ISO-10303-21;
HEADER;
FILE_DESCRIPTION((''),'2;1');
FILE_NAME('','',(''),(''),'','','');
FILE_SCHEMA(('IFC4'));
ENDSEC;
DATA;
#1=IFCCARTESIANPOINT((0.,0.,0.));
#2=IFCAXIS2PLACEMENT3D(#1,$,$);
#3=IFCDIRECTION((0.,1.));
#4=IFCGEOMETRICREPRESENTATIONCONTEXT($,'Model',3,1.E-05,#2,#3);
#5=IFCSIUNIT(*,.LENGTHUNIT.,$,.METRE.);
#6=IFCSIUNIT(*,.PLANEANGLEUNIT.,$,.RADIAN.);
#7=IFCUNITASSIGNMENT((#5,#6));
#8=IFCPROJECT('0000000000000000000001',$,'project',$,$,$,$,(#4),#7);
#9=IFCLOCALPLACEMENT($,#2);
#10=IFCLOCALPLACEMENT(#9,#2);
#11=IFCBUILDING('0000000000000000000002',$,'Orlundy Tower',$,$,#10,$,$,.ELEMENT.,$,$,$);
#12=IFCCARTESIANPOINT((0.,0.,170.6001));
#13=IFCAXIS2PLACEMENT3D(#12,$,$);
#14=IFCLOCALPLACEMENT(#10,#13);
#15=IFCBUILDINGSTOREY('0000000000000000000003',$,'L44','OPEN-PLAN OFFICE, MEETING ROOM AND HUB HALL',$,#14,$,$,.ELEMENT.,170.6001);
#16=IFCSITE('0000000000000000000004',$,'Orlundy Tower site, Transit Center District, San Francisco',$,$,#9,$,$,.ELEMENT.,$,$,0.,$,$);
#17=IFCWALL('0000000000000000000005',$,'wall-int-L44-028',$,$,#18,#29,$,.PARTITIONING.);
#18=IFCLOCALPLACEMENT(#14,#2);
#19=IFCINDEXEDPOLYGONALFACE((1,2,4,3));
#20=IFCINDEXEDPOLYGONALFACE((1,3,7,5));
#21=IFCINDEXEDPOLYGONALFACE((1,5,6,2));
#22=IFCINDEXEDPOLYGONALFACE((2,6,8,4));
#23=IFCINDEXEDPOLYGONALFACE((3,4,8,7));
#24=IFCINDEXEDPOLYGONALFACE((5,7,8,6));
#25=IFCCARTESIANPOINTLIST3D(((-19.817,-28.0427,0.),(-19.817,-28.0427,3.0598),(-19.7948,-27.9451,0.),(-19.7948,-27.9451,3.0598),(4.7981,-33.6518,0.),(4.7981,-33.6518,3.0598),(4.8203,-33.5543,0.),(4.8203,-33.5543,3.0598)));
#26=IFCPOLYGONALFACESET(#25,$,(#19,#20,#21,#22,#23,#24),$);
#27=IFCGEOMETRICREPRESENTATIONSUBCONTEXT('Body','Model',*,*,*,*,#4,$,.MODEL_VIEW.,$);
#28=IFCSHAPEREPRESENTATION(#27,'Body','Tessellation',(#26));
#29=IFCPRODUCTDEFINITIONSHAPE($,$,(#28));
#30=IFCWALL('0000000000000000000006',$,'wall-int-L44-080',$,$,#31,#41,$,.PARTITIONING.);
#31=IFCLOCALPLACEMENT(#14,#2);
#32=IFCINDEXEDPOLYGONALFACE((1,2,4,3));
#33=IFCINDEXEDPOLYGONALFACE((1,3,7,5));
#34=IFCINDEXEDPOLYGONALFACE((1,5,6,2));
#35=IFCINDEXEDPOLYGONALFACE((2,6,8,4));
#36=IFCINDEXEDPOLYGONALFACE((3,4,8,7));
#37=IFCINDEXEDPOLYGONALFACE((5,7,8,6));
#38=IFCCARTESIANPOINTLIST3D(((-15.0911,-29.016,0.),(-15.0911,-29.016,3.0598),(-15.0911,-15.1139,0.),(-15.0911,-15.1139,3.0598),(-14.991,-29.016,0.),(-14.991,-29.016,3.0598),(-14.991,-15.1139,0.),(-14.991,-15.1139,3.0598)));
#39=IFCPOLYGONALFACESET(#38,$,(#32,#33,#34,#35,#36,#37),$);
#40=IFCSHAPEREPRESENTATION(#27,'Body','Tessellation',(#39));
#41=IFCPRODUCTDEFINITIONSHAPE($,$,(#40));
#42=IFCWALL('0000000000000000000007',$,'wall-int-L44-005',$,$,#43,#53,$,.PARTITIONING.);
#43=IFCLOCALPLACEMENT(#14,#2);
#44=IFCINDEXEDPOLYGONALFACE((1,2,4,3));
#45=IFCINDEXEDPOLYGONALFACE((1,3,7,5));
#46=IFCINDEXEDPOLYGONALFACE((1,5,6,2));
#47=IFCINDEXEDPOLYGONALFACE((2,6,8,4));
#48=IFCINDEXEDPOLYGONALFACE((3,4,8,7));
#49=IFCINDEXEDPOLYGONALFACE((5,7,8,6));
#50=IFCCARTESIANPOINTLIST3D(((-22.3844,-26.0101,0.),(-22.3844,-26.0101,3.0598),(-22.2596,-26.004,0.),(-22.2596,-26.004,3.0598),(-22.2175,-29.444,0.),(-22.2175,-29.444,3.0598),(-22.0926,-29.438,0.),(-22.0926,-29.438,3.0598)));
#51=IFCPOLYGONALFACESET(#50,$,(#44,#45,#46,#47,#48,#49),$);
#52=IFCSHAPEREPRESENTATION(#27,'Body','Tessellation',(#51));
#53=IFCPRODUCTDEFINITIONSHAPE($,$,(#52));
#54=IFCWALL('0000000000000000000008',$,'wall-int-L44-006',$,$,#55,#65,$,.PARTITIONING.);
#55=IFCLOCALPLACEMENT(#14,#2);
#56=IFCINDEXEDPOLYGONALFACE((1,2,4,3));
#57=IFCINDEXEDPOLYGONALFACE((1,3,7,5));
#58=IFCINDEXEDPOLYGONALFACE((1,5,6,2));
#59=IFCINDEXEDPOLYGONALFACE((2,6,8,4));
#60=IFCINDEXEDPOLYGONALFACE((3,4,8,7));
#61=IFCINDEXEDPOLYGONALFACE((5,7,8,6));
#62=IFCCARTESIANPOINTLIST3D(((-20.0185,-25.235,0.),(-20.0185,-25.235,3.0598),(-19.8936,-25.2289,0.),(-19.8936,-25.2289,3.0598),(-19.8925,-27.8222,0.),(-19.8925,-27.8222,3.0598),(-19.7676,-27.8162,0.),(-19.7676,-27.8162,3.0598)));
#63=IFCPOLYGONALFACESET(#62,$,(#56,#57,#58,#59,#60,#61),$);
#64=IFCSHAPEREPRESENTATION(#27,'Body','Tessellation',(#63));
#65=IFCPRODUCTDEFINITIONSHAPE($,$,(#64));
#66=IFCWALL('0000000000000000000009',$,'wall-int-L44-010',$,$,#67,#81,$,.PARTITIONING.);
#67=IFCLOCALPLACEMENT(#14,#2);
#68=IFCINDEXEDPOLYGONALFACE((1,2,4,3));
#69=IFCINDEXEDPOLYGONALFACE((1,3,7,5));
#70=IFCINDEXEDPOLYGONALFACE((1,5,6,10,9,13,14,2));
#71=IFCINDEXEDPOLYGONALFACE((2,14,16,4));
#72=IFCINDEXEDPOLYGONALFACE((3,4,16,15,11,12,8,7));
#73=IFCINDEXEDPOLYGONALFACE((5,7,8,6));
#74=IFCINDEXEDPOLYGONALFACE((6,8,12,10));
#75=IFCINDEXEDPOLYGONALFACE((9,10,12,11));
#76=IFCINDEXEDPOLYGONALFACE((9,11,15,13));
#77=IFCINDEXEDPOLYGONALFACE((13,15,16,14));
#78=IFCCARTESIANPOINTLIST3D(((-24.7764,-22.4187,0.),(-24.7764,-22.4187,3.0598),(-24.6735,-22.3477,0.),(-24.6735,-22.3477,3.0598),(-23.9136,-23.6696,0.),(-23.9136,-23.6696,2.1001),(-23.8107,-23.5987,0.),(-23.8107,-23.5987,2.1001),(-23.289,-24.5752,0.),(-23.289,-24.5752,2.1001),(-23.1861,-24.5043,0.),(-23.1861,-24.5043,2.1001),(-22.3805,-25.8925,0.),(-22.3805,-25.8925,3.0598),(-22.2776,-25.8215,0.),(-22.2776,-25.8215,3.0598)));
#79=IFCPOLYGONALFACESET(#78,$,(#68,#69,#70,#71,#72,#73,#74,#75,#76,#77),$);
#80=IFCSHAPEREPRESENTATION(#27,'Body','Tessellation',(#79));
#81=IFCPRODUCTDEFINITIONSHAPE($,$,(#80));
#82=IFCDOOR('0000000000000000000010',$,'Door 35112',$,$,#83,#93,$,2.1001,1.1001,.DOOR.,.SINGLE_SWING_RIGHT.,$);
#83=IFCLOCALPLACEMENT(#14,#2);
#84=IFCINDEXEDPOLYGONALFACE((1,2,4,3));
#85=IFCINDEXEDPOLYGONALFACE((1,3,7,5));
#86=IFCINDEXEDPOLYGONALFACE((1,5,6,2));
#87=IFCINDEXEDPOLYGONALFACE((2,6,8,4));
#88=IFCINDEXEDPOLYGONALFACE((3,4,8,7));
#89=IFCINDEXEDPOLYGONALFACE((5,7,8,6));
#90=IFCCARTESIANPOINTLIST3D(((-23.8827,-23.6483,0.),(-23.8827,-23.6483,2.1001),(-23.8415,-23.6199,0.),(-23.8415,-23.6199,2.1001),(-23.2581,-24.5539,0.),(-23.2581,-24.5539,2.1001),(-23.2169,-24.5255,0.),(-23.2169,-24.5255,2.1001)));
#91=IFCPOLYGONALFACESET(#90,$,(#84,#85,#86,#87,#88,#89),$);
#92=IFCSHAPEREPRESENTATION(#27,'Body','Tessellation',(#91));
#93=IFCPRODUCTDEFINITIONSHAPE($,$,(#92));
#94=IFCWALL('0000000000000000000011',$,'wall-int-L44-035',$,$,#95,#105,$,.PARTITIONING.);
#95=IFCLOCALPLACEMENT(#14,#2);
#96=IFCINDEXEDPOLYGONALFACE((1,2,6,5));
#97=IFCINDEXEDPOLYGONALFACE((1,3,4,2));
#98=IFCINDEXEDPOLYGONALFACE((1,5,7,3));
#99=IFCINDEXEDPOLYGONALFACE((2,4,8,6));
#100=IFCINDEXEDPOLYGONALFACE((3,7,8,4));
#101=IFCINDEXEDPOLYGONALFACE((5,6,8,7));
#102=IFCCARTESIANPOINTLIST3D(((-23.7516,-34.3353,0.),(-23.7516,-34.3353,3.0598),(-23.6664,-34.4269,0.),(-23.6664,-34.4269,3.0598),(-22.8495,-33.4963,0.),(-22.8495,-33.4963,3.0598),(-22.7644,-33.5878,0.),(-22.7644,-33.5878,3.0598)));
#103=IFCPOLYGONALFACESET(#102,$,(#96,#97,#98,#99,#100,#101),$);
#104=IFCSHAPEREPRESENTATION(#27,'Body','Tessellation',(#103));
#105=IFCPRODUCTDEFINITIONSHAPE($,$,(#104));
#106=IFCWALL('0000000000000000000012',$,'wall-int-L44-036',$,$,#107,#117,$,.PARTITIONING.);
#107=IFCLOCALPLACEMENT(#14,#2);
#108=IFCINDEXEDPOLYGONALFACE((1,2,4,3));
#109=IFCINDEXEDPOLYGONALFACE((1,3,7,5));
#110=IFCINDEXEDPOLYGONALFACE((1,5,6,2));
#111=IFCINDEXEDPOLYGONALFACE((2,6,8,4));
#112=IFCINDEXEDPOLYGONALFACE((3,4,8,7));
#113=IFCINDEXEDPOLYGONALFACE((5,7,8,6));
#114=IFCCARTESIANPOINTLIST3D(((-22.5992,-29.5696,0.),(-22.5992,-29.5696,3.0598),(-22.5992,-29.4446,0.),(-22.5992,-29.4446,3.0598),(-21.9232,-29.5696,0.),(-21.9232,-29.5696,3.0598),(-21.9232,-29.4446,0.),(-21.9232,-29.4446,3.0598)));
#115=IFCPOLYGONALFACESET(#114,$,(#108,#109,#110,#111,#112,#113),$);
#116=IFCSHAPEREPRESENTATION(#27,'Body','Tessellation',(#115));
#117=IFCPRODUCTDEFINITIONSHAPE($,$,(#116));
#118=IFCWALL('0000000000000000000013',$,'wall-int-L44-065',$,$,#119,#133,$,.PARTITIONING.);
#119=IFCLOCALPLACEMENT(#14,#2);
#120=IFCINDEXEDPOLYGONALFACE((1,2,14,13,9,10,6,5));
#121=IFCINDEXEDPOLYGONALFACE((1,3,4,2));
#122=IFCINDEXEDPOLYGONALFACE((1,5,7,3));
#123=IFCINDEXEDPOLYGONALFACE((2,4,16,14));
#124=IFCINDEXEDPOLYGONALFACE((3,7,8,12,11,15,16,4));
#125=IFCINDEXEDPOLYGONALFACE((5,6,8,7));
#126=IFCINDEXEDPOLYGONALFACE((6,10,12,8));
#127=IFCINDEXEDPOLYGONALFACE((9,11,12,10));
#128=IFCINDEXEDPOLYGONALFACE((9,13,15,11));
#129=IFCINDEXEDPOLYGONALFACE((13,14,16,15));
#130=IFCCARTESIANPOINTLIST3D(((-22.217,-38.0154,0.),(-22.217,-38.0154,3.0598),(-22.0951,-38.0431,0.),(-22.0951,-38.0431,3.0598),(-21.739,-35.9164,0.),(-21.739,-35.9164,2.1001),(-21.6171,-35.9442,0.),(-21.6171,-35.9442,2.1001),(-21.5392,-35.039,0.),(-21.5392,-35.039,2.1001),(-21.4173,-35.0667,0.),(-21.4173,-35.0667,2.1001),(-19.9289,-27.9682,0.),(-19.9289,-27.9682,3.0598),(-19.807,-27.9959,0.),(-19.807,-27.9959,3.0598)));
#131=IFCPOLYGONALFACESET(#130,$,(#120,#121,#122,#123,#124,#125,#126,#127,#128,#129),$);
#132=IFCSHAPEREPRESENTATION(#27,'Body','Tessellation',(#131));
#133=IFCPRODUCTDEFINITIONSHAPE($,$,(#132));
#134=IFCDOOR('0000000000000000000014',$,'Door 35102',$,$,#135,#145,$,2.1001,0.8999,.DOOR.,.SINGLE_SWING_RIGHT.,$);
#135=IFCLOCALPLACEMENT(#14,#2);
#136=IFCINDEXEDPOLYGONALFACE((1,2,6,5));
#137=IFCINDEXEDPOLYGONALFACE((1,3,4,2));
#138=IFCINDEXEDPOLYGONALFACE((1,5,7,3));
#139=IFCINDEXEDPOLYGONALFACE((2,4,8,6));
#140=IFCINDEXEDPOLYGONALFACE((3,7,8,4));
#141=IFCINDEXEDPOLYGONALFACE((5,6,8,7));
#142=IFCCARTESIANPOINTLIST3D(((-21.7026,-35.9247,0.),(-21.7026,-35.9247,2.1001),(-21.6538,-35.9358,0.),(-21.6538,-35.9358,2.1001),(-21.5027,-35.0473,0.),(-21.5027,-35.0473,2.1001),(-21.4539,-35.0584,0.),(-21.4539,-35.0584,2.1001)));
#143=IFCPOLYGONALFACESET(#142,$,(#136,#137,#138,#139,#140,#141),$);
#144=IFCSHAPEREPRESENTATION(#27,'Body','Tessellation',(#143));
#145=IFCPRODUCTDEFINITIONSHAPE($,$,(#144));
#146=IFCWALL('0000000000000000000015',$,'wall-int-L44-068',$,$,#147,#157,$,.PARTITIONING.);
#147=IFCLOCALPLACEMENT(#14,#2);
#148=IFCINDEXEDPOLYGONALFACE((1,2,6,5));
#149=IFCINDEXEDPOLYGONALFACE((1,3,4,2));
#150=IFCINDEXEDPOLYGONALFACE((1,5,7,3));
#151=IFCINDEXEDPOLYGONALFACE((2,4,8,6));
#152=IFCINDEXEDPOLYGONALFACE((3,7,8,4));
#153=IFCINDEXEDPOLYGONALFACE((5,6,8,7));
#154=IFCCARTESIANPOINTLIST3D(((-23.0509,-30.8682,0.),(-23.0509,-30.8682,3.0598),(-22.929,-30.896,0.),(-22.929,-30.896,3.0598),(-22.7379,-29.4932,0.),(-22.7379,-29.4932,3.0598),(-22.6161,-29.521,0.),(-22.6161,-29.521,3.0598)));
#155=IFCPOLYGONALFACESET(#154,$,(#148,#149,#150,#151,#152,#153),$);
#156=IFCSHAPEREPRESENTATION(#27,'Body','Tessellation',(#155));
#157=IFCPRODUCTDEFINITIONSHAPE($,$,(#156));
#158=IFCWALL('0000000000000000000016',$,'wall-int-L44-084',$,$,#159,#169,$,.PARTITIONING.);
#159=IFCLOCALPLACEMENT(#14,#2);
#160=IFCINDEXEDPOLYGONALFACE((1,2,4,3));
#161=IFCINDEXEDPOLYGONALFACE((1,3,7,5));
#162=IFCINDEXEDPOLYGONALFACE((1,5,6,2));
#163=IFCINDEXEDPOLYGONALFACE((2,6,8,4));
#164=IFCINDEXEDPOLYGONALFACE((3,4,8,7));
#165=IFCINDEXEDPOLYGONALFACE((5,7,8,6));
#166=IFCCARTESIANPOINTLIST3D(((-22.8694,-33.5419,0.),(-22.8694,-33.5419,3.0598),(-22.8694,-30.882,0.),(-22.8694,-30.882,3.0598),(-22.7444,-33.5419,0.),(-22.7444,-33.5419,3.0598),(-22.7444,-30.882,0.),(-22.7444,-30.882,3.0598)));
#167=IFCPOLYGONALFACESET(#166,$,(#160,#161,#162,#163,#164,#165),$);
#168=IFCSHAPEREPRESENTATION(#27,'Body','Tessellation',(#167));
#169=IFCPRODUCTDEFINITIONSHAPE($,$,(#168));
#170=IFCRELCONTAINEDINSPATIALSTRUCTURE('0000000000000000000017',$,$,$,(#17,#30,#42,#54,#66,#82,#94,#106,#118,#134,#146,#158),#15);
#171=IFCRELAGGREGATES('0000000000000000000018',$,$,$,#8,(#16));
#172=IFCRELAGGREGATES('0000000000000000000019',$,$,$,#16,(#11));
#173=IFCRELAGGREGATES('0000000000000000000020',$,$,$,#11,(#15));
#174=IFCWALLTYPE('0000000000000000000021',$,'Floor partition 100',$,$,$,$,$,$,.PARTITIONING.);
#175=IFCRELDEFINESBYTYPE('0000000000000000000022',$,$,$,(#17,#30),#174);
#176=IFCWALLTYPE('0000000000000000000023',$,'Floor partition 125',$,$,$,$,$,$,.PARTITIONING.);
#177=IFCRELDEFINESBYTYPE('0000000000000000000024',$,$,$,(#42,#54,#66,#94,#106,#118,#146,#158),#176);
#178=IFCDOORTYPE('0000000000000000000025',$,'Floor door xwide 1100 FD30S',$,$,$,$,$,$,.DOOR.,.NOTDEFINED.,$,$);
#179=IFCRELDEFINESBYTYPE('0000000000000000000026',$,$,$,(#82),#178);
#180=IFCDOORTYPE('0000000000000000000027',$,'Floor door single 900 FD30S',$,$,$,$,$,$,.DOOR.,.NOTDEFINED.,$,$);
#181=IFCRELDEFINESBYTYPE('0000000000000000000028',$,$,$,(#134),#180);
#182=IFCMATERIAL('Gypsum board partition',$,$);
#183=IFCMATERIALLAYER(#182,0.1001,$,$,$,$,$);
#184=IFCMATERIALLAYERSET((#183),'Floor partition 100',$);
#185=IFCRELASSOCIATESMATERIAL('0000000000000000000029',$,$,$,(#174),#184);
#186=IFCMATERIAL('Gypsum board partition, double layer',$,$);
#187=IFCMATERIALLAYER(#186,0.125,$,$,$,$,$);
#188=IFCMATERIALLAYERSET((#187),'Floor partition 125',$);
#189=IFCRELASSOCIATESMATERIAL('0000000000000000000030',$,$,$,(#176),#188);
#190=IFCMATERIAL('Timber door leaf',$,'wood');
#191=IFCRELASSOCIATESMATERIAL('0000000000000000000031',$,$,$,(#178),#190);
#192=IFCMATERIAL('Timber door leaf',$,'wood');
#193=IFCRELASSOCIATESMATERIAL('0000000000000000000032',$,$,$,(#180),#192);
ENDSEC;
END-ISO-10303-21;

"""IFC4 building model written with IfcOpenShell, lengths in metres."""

from ifc_helpers import new_model, si_unit, direction, frame, frame_2d, origin, place, context, subcontext, project, spatial, rectangle, extrude, material, layer, layer_set, type_object, element, fill, save


model = new_model("IFC4")

# Units and contexts
model_context = context("Model", 3, precision=1e-05, world=origin(), true_north=direction((0.0, 1.0)))
body_context = subcontext(model_context, "Body", "Model", "MODEL_VIEW")
ifc_project = project(units=[si_unit("LENGTHUNIT", "METRE"), si_unit("PLANEANGLEUNIT", "RADIAN")], contexts=[model_context])

# Site, building, storey
site_placement = place(None, origin())
site = spatial("IfcSite", under=ifc_project, at=site_placement, Name="Orlundy Tower site, Transit Center District, San Francisco", CompositionType="ELEMENT", RefElevation=0.0)
building_placement = place(site_placement, origin())
building = spatial("IfcBuilding", under=site, at=building_placement, Name="Orlundy Tower", CompositionType="ELEMENT")
storey_placement = place(building_placement, frame((0.0, 0.0, 170.6001)))
storey = spatial("IfcBuildingStorey", under=building, at=storey_placement, Name="L44", Description="OPEN-PLAN OFFICE, MEETING ROOM AND HUB HALL", CompositionType="ELEMENT", Elevation=170.6001)

# Walls
ifc_material_1 = material(Name="Gypsum board partition")
ifc_layer_1 = layer(ifc_material_1, 0.1001)
ifc_layer_set_1 = layer_set([ifc_layer_1], Name="Floor partition 100")
wall_type_1 = type_object("IfcWallType", Name="Floor partition 100", PredefinedType="PARTITIONING", material=ifc_layer_set_1)
wall_1_placement = place(storey_placement, frame((-19.8059, -27.9939, 0.0), z_axis=(0.0, 0.0, 1.0), x_axis=(0.975006, -0.222179, 0.0)))
element("IfcWall", 1, at=wall_1_placement, inside=storey, type_object=wall_type_1, Name="wall-int-L44-028", PredefinedType="PARTITIONING", context=body_context, shape_type="SweptSolid", body=[
    extrude(rectangle(XDim=25.2461, YDim=0.1001, at=frame_2d((12.623, 0.0))), origin(), (0.0, 0.0, 1.0), 3.0598),
])
wall_2_placement = place(storey_placement, frame((-15.041, -29.0161, 0.0), z_axis=(0.0, 0.0, 1.0), x_axis=(0.0, 1.0, 0.0)))
element("IfcWall", 2, at=wall_2_placement, inside=storey, type_object=wall_type_1, Name="wall-int-L44-080", PredefinedType="PARTITIONING", context=body_context, shape_type="SweptSolid", body=[
    extrude(rectangle(XDim=13.9021, YDim=0.1001, at=frame_2d((6.9512, 0.0))), origin(), (0.0, 0.0, 1.0), 3.0598),
])
ifc_material_2 = material(Name="Gypsum board partition, double layer")
ifc_layer_2 = layer(ifc_material_2, 0.125)
ifc_layer_set_2 = layer_set([ifc_layer_2], Name="Floor partition 125")
wall_type_2 = type_object("IfcWallType", Name="Floor partition 125", PredefinedType="PARTITIONING", material=ifc_layer_set_2)
wall_3_placement = place(storey_placement, frame((-22.322, -26.0071, 0.0), z_axis=(0.0, 0.0, 1.0), x_axis=(0.048574, -0.99882, 0.0)))
element("IfcWall", 3, at=wall_3_placement, inside=storey, type_object=wall_type_2, Name="wall-int-L44-005", PredefinedType="PARTITIONING", context=body_context, shape_type="SweptSolid", body=[
    extrude(rectangle(XDim=3.438, YDim=0.125, at=frame_2d((1.719, 0.0))), origin(), (0.0, 0.0, 1.0), 3.0598),
])
wall_4_placement = place(storey_placement, frame((-19.9561, -25.2319, 0.0), z_axis=(0.0, 0.0, 1.0), x_axis=(0.048635, -0.998817, 0.0)))
element("IfcWall", 4, at=wall_4_placement, inside=storey, type_object=wall_type_2, Name="wall-int-L44-006", PredefinedType="PARTITIONING", context=body_context, shape_type="SweptSolid", body=[
    extrude(rectangle(XDim=2.5903, YDim=0.125, at=frame_2d((1.2952, 0.0))), origin(), (0.0, 0.0, 1.0), 3.0598),
])

# Wall, opening, door
wall_5_placement = place(storey_placement, frame((-22.3291, -25.8569, 0.0), z_axis=(0.0, 0.0, 1.0), x_axis=(-0.567768, 0.823189, 0.0)))
wall_5 = element("IfcWall", 5, at=wall_5_placement, inside=storey, type_object=wall_type_2, Name="wall-int-L44-010", PredefinedType="PARTITIONING", context=body_context, shape_type="SweptSolid", body=[
    extrude(rectangle(XDim=4.22, YDim=0.125, at=frame_2d((2.1099, 0.0))), origin(), (0.0, 0.0, 1.0), 3.0598),
])
opening_1_placement = place(wall_5_placement, frame((1.6001, 0.0, 0.0)))
opening_1 = element("IfcOpeningElement", 6, at=opening_1_placement, cuts=wall_5, PredefinedType="OPENING", context=body_context, shape_type="SweptSolid", body=[
    extrude(rectangle(XDim=1.1001, YDim=2.1001, at=frame_2d((0.55, 1.05))), frame((0.0, 0.0725, 0.0), z_axis=(0.0, -1.0, 0.0), x_axis=(1.0, 0.0, 0.0)), (0.0, 0.0, 1.0), 0.145),
])
ifc_material_3 = material(Name="Timber door leaf", Category="wood")
door_type_1 = type_object("IfcDoorType", Name="Floor door xwide 1100 FD30S", OperationType="NOTDEFINED", PredefinedType="DOOR", material=ifc_material_3)
door_1_placement = place(opening_1_placement, origin())
door_1 = element("IfcDoor", 7, at=door_1_placement, inside=storey, type_object=door_type_1, Name="Door 35112", OperationType="SINGLE_SWING_RIGHT", OverallHeight=2.1001, OverallWidth=1.1001, PredefinedType="DOOR", context=body_context, shape_type="SweptSolid", body=[
    extrude(rectangle(XDim=1.1001, YDim=2.1001, at=frame_2d((0.55, 1.05))), frame((0.0, 0.0249, 0.0), z_axis=(0.0, -1.0, 0.0), x_axis=(1.0, 0.0, 0.0)), (0.0, 0.0, 1.0), 0.05),
])
fill(opening_1, door_1)

# Walls
wall_6_placement = place(storey_placement, frame((-23.709, -34.3811, 0.0), z_axis=(0.0, 0.0, 1.0), x_axis=(0.732207, 0.681082, 0.0)))
element("IfcWall", 8, at=wall_6_placement, inside=storey, type_object=wall_type_2, Name="wall-int-L44-035", PredefinedType="PARTITIONING", context=body_context, shape_type="SweptSolid", body=[
    extrude(rectangle(XDim=1.2319, YDim=0.125, at=frame_2d((0.616, 0.0))), origin(), (0.0, 0.0, 1.0), 3.0598),
])
wall_7_placement = place(storey_placement, frame((-22.5991, -29.5071, 0.0), z_axis=(0.0, 0.0, 1.0), x_axis=(1.0, 0.0, 0.0)))
element("IfcWall", 9, at=wall_7_placement, inside=storey, type_object=wall_type_2, Name="wall-int-L44-036", PredefinedType="PARTITIONING", context=body_context, shape_type="SweptSolid", body=[
    extrude(rectangle(XDim=0.676, YDim=0.125, at=frame_2d((0.3379, 0.0))), origin(), (0.0, 0.0, 1.0), 3.0598),
])

# Wall, opening, door
wall_8_placement = place(storey_placement, frame((-19.8679, -27.9819, 0.0), z_axis=(0.0, 0.0, 1.0), x_axis=(-0.22205, -0.975035, 0.0)))
wall_8 = element("IfcWall", 10, at=wall_8_placement, inside=storey, type_object=wall_type_2, Name="wall-int-L44-065", PredefinedType="PARTITIONING", context=body_context, shape_type="SweptSolid", body=[
    extrude(rectangle(XDim=10.3044, YDim=0.125, at=frame_2d((5.1523, 0.0))), origin(), (0.0, 0.0, 1.0), 3.0598),
])
opening_2_placement = place(wall_8_placement, frame((7.252, 0.0, 0.0)))
opening_2 = element("IfcOpeningElement", 11, at=opening_2_placement, cuts=wall_8, PredefinedType="OPENING", context=body_context, shape_type="SweptSolid", body=[
    extrude(rectangle(XDim=0.8999, YDim=2.1001, at=frame_2d((0.45, 1.05))), frame((0.0, 0.0725, 0.0), z_axis=(0.0, -1.0, 0.0), x_axis=(1.0, 0.0, 0.0)), (0.0, 0.0, 1.0), 0.145),
])
ifc_material_4 = material(Name="Timber door leaf", Category="wood")
door_type_2 = type_object("IfcDoorType", Name="Floor door single 900 FD30S", OperationType="NOTDEFINED", PredefinedType="DOOR", material=ifc_material_4)
door_2_placement = place(opening_2_placement, origin())
door_2 = element("IfcDoor", 12, at=door_2_placement, inside=storey, type_object=door_type_2, Name="Door 35102", OperationType="SINGLE_SWING_RIGHT", OverallHeight=2.1001, OverallWidth=0.8999, PredefinedType="DOOR", context=body_context, shape_type="SweptSolid", body=[
    extrude(rectangle(XDim=0.8999, YDim=2.1001, at=frame_2d((0.45, 1.05))), frame((0.0, 0.0249, 0.0), z_axis=(0.0, -1.0, 0.0), x_axis=(1.0, 0.0, 0.0)), (0.0, 0.0, 1.0), 0.05),
])
fill(opening_2, door_2)

# Walls
wall_9_placement = place(storey_placement, frame((-22.99, -30.8821, 0.0), z_axis=(0.0, 0.0, 1.0), x_axis=(0.22195, 0.975058, 0.0)))
element("IfcWall", 13, at=wall_9_placement, inside=storey, type_object=wall_type_2, Name="wall-int-L44-068", PredefinedType="PARTITIONING", context=body_context, shape_type="SweptSolid", body=[
    extrude(rectangle(XDim=1.4102, YDim=0.125, at=frame_2d((0.7051, 0.0))), origin(), (0.0, 0.0, 1.0), 3.0598),
])
wall_10_placement = place(storey_placement, frame((-22.8069, -33.542, 0.0), z_axis=(0.0, 0.0, 1.0), x_axis=(0.0, 1.0, 0.0)))
element("IfcWall", 14, at=wall_10_placement, inside=storey, type_object=wall_type_2, Name="wall-int-L44-084", PredefinedType="PARTITIONING", context=body_context, shape_type="SweptSolid", body=[
    extrude(rectangle(XDim=2.6599, YDim=0.125, at=frame_2d((1.3301, 0.0))), origin(), (0.0, 0.0, 1.0), 3.0598),
])

save(model, "model.ifc")
